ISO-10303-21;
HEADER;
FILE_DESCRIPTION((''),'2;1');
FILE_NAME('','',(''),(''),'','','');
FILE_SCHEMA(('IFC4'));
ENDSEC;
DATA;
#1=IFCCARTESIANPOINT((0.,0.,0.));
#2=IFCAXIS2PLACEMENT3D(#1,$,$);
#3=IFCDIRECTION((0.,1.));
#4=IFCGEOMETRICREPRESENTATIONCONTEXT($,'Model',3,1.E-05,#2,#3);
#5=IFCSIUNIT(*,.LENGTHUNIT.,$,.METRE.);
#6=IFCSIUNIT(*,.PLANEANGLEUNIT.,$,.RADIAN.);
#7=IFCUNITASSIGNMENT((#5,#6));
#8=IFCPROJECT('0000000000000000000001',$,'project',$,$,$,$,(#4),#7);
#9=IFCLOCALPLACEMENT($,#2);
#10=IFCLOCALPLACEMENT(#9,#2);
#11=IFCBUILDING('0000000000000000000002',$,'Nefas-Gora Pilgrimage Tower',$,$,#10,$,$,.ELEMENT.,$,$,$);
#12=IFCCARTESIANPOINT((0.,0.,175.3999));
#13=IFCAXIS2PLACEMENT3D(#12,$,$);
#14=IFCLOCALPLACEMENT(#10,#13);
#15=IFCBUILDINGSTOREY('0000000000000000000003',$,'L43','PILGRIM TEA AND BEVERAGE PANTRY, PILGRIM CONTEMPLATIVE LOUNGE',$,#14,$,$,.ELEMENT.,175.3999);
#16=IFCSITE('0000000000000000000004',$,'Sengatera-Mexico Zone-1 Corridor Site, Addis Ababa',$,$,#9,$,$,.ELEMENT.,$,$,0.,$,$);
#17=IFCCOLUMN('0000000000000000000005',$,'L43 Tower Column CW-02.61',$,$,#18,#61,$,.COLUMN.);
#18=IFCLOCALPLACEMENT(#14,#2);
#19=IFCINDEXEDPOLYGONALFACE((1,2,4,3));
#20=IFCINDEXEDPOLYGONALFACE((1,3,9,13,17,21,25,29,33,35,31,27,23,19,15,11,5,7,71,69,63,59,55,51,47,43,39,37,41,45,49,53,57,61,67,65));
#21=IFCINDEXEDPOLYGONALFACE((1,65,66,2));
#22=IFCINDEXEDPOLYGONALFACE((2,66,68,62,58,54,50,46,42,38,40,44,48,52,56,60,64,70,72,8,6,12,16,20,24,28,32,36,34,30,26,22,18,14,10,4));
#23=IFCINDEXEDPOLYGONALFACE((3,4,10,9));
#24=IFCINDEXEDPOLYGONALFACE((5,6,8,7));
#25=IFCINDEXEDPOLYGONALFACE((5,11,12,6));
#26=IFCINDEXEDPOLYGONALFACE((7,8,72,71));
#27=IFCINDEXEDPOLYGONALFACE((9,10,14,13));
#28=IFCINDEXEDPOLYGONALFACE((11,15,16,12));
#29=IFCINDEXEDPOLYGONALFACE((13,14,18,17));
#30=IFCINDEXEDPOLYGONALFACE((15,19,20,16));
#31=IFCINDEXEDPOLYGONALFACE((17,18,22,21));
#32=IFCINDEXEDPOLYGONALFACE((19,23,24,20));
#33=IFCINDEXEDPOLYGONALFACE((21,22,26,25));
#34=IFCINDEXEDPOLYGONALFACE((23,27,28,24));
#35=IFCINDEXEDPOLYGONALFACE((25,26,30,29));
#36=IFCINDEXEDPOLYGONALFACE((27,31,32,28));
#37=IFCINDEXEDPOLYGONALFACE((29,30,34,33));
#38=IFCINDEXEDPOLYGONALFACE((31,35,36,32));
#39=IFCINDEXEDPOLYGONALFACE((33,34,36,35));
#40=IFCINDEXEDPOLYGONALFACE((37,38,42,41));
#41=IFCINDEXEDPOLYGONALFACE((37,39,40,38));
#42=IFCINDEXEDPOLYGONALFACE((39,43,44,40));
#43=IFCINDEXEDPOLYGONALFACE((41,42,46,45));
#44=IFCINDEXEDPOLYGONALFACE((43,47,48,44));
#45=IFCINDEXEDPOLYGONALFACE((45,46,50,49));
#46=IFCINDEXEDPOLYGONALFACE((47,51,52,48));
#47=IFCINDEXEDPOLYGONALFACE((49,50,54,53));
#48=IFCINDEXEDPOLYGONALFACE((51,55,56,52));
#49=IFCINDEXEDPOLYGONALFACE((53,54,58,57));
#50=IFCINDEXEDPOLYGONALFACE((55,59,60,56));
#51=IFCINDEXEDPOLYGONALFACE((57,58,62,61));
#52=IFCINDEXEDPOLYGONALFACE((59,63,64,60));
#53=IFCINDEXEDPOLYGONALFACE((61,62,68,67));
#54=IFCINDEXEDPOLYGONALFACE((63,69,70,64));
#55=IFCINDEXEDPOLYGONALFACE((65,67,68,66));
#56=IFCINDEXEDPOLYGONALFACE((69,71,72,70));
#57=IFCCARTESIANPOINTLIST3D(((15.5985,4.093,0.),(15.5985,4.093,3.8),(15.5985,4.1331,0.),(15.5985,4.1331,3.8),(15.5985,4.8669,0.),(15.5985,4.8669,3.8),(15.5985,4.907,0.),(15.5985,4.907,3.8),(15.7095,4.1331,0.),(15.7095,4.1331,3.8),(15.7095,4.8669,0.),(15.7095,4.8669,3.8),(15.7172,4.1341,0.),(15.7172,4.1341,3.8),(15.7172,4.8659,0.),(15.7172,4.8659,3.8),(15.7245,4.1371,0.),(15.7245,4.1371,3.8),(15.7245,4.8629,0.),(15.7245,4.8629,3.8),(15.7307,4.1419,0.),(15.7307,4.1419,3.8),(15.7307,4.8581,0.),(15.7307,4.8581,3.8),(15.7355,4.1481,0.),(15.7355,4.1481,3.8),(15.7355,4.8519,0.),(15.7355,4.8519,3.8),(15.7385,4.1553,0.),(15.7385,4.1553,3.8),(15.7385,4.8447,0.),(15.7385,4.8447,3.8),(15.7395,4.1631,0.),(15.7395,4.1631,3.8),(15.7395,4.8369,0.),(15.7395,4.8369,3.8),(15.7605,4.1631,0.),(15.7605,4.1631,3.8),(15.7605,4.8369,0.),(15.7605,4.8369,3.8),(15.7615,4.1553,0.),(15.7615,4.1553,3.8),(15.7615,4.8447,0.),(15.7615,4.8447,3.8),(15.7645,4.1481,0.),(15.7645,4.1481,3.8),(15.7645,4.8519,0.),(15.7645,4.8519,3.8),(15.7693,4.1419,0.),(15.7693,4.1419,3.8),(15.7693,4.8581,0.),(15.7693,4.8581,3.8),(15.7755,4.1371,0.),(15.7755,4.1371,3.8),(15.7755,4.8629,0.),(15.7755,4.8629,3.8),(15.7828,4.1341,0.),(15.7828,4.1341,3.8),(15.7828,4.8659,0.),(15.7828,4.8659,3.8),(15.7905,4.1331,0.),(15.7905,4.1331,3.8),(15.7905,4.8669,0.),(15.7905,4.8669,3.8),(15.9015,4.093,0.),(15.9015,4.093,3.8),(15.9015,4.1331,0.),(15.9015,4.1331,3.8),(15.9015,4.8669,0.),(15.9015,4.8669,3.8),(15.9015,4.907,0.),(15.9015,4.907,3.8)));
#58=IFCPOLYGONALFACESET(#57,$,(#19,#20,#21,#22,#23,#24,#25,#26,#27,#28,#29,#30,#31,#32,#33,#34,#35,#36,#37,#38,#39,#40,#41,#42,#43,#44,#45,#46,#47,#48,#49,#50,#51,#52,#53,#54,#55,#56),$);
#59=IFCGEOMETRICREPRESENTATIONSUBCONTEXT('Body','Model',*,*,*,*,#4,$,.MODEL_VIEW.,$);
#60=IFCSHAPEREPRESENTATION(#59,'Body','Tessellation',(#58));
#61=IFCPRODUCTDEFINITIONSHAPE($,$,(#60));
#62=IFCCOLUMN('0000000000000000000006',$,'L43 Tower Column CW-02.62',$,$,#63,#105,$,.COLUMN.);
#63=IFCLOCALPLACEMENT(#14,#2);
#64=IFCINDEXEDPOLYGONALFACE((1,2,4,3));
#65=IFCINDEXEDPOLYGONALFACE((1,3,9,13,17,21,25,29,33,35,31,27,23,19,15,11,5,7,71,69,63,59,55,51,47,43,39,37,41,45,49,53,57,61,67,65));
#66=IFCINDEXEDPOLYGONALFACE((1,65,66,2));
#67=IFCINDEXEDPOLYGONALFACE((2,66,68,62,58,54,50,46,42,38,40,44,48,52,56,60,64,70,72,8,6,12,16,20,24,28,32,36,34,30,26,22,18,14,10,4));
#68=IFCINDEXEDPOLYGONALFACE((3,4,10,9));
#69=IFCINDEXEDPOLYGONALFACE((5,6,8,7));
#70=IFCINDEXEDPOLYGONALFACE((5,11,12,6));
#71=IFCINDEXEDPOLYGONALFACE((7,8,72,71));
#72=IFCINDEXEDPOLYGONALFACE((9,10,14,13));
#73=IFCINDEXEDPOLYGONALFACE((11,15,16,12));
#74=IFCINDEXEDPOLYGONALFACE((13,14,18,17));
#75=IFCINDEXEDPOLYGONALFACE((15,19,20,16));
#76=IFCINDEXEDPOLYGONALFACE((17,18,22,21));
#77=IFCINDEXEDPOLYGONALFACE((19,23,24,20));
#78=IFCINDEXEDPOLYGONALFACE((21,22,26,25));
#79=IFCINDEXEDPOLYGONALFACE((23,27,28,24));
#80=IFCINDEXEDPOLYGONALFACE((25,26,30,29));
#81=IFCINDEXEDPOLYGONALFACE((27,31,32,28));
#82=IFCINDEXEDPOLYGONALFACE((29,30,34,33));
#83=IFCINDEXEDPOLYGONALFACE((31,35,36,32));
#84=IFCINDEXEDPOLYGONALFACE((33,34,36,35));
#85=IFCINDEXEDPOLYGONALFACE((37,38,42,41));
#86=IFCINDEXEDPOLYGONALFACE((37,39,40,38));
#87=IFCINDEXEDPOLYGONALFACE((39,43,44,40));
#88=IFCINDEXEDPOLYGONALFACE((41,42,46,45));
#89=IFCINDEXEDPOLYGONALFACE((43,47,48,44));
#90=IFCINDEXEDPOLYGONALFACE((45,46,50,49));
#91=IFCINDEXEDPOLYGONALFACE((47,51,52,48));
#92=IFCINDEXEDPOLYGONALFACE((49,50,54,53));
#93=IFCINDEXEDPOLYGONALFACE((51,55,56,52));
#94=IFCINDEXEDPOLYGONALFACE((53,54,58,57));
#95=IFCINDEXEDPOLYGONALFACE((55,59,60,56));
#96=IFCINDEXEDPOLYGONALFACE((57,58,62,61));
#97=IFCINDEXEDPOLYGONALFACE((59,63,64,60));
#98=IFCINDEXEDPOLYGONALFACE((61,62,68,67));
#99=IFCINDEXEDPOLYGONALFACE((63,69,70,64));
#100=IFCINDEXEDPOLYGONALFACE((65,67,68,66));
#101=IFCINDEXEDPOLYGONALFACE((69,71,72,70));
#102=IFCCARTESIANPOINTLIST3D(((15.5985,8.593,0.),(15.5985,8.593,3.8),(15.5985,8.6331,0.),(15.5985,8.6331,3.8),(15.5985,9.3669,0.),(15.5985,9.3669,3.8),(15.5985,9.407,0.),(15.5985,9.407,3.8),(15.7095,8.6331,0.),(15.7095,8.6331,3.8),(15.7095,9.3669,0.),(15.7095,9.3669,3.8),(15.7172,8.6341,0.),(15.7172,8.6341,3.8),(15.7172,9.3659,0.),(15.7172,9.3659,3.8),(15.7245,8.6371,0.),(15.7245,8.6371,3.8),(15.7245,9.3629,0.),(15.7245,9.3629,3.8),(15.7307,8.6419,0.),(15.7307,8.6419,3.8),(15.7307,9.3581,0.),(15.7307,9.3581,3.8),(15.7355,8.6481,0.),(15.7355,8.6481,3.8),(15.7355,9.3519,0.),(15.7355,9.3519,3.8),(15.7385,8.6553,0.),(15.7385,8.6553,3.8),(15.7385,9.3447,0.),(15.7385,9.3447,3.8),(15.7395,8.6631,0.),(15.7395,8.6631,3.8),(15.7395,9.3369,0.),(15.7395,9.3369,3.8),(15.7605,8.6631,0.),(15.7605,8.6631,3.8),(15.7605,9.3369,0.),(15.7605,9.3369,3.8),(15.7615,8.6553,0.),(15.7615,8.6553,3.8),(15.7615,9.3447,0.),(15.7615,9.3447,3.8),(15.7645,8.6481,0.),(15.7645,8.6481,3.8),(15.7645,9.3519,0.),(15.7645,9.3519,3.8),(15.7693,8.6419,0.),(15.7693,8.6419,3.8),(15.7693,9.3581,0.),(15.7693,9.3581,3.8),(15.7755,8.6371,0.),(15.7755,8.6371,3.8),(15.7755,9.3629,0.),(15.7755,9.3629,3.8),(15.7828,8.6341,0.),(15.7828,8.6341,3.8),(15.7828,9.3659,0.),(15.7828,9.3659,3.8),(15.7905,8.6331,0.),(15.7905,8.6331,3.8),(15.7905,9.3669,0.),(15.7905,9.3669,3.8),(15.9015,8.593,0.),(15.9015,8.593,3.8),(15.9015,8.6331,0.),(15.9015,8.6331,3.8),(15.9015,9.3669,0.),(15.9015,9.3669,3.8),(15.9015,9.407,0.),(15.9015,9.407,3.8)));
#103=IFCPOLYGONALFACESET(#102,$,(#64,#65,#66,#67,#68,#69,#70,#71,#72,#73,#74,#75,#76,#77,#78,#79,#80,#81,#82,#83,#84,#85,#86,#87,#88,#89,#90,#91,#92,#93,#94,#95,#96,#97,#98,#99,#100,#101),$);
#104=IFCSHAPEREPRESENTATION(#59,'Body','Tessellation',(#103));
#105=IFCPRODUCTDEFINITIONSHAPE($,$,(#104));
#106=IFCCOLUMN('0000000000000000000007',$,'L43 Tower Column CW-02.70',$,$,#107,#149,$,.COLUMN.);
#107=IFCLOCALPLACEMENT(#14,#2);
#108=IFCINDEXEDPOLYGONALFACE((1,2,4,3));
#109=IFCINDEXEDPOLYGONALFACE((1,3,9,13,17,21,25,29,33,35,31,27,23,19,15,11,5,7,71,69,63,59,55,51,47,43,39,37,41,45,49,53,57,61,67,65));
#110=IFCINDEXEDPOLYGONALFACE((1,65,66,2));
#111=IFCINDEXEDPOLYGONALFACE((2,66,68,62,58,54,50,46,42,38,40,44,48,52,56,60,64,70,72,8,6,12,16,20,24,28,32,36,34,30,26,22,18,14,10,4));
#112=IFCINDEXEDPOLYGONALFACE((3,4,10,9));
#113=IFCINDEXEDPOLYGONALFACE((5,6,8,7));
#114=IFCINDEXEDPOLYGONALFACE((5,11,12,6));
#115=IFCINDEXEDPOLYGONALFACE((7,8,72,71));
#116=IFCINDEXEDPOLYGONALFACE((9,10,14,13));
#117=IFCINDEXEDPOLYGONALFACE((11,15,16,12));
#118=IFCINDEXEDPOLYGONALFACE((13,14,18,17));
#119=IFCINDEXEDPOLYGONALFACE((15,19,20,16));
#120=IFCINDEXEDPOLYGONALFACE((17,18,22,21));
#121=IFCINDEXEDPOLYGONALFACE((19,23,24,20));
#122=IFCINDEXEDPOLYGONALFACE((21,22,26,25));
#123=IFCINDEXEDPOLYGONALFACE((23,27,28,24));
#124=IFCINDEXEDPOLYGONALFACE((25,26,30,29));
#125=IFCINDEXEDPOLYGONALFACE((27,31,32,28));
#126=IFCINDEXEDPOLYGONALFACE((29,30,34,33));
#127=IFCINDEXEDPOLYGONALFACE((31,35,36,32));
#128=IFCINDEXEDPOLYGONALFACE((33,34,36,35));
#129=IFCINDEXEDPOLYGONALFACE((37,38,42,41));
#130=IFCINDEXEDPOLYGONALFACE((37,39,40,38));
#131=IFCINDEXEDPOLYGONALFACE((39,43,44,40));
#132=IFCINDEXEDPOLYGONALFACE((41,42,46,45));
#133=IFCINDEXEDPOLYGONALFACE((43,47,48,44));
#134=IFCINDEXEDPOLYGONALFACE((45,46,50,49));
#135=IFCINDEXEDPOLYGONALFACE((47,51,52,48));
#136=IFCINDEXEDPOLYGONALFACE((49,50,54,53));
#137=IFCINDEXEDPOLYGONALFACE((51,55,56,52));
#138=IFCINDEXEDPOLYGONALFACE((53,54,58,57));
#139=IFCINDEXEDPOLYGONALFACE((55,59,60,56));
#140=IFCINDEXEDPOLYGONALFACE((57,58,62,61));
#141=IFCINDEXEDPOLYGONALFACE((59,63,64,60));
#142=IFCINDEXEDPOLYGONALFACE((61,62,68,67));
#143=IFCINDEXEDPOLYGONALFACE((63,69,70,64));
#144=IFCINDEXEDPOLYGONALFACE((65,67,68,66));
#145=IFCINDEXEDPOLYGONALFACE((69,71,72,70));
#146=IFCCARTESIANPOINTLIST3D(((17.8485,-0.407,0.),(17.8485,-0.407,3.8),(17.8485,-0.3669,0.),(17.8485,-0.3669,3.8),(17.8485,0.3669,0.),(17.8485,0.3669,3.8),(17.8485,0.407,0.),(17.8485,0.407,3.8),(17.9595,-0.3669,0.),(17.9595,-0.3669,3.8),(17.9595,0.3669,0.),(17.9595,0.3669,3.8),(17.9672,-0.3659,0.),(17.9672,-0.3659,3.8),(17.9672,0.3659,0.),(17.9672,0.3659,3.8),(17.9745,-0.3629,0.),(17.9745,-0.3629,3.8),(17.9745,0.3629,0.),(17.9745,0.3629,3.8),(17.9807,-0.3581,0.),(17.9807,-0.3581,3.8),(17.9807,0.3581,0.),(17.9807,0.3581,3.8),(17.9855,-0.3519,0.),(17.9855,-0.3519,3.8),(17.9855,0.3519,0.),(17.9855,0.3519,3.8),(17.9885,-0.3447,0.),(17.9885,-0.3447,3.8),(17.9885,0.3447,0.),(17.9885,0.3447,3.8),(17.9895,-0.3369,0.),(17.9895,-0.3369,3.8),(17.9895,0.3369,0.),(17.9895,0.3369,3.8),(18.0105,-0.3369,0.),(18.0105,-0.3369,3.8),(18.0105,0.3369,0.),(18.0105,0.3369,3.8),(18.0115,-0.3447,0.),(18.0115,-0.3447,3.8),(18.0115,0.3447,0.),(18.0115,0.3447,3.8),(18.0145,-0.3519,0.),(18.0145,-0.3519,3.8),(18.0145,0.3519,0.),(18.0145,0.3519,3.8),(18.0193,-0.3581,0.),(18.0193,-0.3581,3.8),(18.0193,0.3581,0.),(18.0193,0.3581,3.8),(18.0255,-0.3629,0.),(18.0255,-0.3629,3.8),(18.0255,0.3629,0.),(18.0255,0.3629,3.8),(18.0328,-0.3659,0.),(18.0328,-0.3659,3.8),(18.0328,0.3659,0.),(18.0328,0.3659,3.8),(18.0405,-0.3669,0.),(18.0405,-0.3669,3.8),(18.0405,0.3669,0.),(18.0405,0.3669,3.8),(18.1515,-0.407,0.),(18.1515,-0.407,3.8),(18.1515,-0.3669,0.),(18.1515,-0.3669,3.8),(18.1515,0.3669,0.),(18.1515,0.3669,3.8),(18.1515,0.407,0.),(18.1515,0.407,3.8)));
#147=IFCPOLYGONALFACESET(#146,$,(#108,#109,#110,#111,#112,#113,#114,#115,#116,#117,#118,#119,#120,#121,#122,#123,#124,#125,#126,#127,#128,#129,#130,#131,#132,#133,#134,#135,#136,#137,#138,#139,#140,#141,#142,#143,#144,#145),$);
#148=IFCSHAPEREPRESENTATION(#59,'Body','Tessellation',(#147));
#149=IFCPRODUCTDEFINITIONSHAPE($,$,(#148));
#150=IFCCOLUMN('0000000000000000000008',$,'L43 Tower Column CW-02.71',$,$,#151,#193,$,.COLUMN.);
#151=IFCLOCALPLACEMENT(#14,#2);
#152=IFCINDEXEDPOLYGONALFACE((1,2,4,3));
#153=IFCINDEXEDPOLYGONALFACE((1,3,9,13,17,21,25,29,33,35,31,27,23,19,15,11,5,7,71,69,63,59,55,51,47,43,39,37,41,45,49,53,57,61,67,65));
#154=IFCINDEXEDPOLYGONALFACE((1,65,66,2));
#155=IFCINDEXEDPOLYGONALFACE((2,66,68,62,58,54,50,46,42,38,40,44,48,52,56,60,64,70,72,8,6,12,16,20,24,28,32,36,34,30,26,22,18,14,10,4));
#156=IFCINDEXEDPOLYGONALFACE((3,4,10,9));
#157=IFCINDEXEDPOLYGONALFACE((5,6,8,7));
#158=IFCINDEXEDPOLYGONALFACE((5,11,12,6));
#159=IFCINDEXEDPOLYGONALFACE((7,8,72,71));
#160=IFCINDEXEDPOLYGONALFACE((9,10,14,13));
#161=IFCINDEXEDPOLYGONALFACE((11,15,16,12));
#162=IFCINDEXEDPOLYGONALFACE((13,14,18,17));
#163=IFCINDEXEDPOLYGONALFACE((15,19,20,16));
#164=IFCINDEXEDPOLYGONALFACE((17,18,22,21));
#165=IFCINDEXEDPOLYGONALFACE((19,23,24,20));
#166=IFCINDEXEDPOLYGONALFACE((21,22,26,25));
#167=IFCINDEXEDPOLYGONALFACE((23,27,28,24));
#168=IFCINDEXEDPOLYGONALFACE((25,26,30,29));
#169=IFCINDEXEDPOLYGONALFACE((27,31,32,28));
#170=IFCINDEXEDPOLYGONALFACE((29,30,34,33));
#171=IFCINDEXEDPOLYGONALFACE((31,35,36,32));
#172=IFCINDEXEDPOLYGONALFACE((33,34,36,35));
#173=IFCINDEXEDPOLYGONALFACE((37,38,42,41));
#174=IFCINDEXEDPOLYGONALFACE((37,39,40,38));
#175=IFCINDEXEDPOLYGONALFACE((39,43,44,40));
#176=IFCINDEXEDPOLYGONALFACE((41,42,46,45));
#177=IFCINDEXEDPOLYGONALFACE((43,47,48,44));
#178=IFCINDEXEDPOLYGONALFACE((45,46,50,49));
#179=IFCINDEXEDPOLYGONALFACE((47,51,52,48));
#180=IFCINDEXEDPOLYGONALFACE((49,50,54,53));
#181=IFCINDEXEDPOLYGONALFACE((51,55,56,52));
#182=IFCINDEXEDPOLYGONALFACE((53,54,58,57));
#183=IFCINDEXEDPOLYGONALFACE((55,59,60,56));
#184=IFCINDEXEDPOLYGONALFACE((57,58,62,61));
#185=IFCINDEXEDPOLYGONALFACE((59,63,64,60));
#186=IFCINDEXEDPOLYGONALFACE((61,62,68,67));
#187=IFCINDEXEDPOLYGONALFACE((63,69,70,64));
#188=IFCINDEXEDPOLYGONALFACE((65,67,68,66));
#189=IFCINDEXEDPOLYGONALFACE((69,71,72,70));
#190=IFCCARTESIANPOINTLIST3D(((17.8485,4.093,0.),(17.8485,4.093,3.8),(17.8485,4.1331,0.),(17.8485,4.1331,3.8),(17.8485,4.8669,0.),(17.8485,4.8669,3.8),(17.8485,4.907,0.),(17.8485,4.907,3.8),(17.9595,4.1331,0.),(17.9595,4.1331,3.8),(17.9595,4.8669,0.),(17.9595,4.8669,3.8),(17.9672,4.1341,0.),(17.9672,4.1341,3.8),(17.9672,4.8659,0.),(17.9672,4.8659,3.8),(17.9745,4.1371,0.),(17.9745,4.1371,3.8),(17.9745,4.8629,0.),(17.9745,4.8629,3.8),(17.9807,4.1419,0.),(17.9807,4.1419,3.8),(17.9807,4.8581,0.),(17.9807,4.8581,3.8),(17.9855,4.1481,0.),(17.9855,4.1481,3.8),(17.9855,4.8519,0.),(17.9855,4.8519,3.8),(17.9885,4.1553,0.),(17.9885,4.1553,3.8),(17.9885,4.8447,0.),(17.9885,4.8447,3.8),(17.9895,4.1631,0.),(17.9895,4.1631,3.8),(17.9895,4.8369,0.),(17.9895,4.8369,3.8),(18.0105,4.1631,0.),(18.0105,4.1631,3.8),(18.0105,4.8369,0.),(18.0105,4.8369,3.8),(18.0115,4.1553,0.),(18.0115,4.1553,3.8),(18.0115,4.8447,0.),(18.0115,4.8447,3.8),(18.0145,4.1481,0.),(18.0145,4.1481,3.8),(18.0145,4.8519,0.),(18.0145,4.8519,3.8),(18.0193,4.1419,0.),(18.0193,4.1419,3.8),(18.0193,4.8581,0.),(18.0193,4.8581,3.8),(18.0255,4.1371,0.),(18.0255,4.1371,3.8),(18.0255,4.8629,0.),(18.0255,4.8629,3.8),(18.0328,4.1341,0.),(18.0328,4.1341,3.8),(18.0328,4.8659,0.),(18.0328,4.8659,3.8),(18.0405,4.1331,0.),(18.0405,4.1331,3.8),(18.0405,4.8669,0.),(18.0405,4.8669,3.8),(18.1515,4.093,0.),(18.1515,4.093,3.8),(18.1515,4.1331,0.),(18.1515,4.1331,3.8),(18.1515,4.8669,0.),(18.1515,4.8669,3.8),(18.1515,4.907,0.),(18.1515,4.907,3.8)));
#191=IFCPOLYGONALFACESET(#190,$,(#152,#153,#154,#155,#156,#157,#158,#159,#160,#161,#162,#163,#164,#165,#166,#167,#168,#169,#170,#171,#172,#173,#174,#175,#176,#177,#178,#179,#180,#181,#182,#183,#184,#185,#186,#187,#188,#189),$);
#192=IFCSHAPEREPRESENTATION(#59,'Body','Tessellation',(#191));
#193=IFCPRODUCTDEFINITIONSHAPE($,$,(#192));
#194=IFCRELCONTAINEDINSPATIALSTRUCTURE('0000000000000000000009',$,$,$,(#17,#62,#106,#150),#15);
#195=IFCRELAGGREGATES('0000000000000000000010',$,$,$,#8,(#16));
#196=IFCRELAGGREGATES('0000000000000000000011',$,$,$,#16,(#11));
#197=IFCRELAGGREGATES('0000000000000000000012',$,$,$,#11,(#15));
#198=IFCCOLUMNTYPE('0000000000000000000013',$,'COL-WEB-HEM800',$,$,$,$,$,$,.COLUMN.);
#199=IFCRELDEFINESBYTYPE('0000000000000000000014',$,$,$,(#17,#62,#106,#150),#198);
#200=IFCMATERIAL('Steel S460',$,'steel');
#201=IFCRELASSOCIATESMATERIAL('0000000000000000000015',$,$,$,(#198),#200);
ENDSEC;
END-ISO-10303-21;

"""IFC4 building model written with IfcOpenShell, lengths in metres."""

from ifc_helpers import new_model, si_unit, direction, frame, origin, origin_2d, place, context, subcontext, project, spatial, i_section, extrude, source, transform, mapped, material, material_profile, profile_set, type_object, element, save


model = new_model("IFC4")

# Units and contexts
model_context = context("Model", 3, precision=1e-05, world=origin(), true_north=direction((0.0, 1.0)))
body_context = subcontext(model_context, "Body", "Model", "MODEL_VIEW")
ifc_project = project(units=[si_unit("LENGTHUNIT", "METRE"), si_unit("PLANEANGLEUNIT", "RADIAN")], contexts=[model_context])

# Site, building, storey
site_placement = place(None, origin())
site = spatial("IfcSite", under=ifc_project, at=site_placement, Name="Sengatera-Mexico Zone-1 Corridor Site, Addis Ababa", CompositionType="ELEMENT", RefElevation=0.0)
building_placement = place(site_placement, origin())
building = spatial("IfcBuilding", under=site, at=building_placement, Name="Nefas-Gora Pilgrimage Tower", CompositionType="ELEMENT")
storey_placement = place(building_placement, frame((0.0, 0.0, 175.3999)))
storey = spatial("IfcBuildingStorey", under=building, at=storey_placement, Name="L43", Description="PILGRIM TEA AND BEVERAGE PANTRY, PILGRIM CONTEMPLATIVE LOUNGE", CompositionType="ELEMENT", Elevation=175.3999)

# Columns
ifc_material_1 = material(Name="Steel S460", Category="steel")
ifc_material_profile_1 = material_profile(ifc_material_1, i_section(OverallWidth=0.303, OverallDepth=0.814, WebThickness=0.021, FlangeThickness=0.04, FilletRadius=0.03, at=origin_2d()), Name="HEM 800")
ifc_profile_set_1 = profile_set([ifc_material_profile_1], Name="Steel S460")
column_type_1 = type_object("IfcColumnType", Name="COL-WEB-HEM800", PredefinedType="COLUMN", material=ifc_profile_set_1)
shared_shape_1 = source(origin(), body_context, "Body", "SweptSolid", [
    extrude(i_section(OverallWidth=0.303, OverallDepth=0.814, WebThickness=0.021, FlangeThickness=0.04, FilletRadius=0.03, at=origin_2d()), origin(), (0.0, 0.0, 1.0), 3.8),
])
for number, where, z_axis, x_axis, name in (
    (1, (15.75, 4.5, 0.0), (0.0, 0.0, 1.0), (1.0, 0.0, 0.0), "L43 Tower Column CW-02.61"),
    (2, (15.75, 9.0, 0.0), (0.0, 0.0, 1.0), (1.0, 0.0, 0.0), "L43 Tower Column CW-02.62"),
    (3, (18.0, 0.0, 0.0), (0.0, 0.0, 1.0), (1.0, 0.0, 0.0), "L43 Tower Column CW-02.70"),
    (4, (18.0, 4.5, 0.0), (0.0, 0.0, 1.0), (1.0, 0.0, 0.0), "L43 Tower Column CW-02.71"),
):
    element("IfcColumn", number, at=place(storey_placement, frame(where, z_axis=z_axis, x_axis=x_axis)), inside=storey, type_object=column_type_1, Name=name, PredefinedType="COLUMN", context=body_context, shape_type="MappedRepresentation", body=[
        mapped(shared_shape_1, transform((0.0, 0.0, 0.0), x_axis=(1.0, 0.0, 0.0), y_axis=(0.0, 1.0, 0.0), z_axis=(0.0, 0.0, 1.0), scale=1.0)),
    ])

save(model, "model.ifc")
